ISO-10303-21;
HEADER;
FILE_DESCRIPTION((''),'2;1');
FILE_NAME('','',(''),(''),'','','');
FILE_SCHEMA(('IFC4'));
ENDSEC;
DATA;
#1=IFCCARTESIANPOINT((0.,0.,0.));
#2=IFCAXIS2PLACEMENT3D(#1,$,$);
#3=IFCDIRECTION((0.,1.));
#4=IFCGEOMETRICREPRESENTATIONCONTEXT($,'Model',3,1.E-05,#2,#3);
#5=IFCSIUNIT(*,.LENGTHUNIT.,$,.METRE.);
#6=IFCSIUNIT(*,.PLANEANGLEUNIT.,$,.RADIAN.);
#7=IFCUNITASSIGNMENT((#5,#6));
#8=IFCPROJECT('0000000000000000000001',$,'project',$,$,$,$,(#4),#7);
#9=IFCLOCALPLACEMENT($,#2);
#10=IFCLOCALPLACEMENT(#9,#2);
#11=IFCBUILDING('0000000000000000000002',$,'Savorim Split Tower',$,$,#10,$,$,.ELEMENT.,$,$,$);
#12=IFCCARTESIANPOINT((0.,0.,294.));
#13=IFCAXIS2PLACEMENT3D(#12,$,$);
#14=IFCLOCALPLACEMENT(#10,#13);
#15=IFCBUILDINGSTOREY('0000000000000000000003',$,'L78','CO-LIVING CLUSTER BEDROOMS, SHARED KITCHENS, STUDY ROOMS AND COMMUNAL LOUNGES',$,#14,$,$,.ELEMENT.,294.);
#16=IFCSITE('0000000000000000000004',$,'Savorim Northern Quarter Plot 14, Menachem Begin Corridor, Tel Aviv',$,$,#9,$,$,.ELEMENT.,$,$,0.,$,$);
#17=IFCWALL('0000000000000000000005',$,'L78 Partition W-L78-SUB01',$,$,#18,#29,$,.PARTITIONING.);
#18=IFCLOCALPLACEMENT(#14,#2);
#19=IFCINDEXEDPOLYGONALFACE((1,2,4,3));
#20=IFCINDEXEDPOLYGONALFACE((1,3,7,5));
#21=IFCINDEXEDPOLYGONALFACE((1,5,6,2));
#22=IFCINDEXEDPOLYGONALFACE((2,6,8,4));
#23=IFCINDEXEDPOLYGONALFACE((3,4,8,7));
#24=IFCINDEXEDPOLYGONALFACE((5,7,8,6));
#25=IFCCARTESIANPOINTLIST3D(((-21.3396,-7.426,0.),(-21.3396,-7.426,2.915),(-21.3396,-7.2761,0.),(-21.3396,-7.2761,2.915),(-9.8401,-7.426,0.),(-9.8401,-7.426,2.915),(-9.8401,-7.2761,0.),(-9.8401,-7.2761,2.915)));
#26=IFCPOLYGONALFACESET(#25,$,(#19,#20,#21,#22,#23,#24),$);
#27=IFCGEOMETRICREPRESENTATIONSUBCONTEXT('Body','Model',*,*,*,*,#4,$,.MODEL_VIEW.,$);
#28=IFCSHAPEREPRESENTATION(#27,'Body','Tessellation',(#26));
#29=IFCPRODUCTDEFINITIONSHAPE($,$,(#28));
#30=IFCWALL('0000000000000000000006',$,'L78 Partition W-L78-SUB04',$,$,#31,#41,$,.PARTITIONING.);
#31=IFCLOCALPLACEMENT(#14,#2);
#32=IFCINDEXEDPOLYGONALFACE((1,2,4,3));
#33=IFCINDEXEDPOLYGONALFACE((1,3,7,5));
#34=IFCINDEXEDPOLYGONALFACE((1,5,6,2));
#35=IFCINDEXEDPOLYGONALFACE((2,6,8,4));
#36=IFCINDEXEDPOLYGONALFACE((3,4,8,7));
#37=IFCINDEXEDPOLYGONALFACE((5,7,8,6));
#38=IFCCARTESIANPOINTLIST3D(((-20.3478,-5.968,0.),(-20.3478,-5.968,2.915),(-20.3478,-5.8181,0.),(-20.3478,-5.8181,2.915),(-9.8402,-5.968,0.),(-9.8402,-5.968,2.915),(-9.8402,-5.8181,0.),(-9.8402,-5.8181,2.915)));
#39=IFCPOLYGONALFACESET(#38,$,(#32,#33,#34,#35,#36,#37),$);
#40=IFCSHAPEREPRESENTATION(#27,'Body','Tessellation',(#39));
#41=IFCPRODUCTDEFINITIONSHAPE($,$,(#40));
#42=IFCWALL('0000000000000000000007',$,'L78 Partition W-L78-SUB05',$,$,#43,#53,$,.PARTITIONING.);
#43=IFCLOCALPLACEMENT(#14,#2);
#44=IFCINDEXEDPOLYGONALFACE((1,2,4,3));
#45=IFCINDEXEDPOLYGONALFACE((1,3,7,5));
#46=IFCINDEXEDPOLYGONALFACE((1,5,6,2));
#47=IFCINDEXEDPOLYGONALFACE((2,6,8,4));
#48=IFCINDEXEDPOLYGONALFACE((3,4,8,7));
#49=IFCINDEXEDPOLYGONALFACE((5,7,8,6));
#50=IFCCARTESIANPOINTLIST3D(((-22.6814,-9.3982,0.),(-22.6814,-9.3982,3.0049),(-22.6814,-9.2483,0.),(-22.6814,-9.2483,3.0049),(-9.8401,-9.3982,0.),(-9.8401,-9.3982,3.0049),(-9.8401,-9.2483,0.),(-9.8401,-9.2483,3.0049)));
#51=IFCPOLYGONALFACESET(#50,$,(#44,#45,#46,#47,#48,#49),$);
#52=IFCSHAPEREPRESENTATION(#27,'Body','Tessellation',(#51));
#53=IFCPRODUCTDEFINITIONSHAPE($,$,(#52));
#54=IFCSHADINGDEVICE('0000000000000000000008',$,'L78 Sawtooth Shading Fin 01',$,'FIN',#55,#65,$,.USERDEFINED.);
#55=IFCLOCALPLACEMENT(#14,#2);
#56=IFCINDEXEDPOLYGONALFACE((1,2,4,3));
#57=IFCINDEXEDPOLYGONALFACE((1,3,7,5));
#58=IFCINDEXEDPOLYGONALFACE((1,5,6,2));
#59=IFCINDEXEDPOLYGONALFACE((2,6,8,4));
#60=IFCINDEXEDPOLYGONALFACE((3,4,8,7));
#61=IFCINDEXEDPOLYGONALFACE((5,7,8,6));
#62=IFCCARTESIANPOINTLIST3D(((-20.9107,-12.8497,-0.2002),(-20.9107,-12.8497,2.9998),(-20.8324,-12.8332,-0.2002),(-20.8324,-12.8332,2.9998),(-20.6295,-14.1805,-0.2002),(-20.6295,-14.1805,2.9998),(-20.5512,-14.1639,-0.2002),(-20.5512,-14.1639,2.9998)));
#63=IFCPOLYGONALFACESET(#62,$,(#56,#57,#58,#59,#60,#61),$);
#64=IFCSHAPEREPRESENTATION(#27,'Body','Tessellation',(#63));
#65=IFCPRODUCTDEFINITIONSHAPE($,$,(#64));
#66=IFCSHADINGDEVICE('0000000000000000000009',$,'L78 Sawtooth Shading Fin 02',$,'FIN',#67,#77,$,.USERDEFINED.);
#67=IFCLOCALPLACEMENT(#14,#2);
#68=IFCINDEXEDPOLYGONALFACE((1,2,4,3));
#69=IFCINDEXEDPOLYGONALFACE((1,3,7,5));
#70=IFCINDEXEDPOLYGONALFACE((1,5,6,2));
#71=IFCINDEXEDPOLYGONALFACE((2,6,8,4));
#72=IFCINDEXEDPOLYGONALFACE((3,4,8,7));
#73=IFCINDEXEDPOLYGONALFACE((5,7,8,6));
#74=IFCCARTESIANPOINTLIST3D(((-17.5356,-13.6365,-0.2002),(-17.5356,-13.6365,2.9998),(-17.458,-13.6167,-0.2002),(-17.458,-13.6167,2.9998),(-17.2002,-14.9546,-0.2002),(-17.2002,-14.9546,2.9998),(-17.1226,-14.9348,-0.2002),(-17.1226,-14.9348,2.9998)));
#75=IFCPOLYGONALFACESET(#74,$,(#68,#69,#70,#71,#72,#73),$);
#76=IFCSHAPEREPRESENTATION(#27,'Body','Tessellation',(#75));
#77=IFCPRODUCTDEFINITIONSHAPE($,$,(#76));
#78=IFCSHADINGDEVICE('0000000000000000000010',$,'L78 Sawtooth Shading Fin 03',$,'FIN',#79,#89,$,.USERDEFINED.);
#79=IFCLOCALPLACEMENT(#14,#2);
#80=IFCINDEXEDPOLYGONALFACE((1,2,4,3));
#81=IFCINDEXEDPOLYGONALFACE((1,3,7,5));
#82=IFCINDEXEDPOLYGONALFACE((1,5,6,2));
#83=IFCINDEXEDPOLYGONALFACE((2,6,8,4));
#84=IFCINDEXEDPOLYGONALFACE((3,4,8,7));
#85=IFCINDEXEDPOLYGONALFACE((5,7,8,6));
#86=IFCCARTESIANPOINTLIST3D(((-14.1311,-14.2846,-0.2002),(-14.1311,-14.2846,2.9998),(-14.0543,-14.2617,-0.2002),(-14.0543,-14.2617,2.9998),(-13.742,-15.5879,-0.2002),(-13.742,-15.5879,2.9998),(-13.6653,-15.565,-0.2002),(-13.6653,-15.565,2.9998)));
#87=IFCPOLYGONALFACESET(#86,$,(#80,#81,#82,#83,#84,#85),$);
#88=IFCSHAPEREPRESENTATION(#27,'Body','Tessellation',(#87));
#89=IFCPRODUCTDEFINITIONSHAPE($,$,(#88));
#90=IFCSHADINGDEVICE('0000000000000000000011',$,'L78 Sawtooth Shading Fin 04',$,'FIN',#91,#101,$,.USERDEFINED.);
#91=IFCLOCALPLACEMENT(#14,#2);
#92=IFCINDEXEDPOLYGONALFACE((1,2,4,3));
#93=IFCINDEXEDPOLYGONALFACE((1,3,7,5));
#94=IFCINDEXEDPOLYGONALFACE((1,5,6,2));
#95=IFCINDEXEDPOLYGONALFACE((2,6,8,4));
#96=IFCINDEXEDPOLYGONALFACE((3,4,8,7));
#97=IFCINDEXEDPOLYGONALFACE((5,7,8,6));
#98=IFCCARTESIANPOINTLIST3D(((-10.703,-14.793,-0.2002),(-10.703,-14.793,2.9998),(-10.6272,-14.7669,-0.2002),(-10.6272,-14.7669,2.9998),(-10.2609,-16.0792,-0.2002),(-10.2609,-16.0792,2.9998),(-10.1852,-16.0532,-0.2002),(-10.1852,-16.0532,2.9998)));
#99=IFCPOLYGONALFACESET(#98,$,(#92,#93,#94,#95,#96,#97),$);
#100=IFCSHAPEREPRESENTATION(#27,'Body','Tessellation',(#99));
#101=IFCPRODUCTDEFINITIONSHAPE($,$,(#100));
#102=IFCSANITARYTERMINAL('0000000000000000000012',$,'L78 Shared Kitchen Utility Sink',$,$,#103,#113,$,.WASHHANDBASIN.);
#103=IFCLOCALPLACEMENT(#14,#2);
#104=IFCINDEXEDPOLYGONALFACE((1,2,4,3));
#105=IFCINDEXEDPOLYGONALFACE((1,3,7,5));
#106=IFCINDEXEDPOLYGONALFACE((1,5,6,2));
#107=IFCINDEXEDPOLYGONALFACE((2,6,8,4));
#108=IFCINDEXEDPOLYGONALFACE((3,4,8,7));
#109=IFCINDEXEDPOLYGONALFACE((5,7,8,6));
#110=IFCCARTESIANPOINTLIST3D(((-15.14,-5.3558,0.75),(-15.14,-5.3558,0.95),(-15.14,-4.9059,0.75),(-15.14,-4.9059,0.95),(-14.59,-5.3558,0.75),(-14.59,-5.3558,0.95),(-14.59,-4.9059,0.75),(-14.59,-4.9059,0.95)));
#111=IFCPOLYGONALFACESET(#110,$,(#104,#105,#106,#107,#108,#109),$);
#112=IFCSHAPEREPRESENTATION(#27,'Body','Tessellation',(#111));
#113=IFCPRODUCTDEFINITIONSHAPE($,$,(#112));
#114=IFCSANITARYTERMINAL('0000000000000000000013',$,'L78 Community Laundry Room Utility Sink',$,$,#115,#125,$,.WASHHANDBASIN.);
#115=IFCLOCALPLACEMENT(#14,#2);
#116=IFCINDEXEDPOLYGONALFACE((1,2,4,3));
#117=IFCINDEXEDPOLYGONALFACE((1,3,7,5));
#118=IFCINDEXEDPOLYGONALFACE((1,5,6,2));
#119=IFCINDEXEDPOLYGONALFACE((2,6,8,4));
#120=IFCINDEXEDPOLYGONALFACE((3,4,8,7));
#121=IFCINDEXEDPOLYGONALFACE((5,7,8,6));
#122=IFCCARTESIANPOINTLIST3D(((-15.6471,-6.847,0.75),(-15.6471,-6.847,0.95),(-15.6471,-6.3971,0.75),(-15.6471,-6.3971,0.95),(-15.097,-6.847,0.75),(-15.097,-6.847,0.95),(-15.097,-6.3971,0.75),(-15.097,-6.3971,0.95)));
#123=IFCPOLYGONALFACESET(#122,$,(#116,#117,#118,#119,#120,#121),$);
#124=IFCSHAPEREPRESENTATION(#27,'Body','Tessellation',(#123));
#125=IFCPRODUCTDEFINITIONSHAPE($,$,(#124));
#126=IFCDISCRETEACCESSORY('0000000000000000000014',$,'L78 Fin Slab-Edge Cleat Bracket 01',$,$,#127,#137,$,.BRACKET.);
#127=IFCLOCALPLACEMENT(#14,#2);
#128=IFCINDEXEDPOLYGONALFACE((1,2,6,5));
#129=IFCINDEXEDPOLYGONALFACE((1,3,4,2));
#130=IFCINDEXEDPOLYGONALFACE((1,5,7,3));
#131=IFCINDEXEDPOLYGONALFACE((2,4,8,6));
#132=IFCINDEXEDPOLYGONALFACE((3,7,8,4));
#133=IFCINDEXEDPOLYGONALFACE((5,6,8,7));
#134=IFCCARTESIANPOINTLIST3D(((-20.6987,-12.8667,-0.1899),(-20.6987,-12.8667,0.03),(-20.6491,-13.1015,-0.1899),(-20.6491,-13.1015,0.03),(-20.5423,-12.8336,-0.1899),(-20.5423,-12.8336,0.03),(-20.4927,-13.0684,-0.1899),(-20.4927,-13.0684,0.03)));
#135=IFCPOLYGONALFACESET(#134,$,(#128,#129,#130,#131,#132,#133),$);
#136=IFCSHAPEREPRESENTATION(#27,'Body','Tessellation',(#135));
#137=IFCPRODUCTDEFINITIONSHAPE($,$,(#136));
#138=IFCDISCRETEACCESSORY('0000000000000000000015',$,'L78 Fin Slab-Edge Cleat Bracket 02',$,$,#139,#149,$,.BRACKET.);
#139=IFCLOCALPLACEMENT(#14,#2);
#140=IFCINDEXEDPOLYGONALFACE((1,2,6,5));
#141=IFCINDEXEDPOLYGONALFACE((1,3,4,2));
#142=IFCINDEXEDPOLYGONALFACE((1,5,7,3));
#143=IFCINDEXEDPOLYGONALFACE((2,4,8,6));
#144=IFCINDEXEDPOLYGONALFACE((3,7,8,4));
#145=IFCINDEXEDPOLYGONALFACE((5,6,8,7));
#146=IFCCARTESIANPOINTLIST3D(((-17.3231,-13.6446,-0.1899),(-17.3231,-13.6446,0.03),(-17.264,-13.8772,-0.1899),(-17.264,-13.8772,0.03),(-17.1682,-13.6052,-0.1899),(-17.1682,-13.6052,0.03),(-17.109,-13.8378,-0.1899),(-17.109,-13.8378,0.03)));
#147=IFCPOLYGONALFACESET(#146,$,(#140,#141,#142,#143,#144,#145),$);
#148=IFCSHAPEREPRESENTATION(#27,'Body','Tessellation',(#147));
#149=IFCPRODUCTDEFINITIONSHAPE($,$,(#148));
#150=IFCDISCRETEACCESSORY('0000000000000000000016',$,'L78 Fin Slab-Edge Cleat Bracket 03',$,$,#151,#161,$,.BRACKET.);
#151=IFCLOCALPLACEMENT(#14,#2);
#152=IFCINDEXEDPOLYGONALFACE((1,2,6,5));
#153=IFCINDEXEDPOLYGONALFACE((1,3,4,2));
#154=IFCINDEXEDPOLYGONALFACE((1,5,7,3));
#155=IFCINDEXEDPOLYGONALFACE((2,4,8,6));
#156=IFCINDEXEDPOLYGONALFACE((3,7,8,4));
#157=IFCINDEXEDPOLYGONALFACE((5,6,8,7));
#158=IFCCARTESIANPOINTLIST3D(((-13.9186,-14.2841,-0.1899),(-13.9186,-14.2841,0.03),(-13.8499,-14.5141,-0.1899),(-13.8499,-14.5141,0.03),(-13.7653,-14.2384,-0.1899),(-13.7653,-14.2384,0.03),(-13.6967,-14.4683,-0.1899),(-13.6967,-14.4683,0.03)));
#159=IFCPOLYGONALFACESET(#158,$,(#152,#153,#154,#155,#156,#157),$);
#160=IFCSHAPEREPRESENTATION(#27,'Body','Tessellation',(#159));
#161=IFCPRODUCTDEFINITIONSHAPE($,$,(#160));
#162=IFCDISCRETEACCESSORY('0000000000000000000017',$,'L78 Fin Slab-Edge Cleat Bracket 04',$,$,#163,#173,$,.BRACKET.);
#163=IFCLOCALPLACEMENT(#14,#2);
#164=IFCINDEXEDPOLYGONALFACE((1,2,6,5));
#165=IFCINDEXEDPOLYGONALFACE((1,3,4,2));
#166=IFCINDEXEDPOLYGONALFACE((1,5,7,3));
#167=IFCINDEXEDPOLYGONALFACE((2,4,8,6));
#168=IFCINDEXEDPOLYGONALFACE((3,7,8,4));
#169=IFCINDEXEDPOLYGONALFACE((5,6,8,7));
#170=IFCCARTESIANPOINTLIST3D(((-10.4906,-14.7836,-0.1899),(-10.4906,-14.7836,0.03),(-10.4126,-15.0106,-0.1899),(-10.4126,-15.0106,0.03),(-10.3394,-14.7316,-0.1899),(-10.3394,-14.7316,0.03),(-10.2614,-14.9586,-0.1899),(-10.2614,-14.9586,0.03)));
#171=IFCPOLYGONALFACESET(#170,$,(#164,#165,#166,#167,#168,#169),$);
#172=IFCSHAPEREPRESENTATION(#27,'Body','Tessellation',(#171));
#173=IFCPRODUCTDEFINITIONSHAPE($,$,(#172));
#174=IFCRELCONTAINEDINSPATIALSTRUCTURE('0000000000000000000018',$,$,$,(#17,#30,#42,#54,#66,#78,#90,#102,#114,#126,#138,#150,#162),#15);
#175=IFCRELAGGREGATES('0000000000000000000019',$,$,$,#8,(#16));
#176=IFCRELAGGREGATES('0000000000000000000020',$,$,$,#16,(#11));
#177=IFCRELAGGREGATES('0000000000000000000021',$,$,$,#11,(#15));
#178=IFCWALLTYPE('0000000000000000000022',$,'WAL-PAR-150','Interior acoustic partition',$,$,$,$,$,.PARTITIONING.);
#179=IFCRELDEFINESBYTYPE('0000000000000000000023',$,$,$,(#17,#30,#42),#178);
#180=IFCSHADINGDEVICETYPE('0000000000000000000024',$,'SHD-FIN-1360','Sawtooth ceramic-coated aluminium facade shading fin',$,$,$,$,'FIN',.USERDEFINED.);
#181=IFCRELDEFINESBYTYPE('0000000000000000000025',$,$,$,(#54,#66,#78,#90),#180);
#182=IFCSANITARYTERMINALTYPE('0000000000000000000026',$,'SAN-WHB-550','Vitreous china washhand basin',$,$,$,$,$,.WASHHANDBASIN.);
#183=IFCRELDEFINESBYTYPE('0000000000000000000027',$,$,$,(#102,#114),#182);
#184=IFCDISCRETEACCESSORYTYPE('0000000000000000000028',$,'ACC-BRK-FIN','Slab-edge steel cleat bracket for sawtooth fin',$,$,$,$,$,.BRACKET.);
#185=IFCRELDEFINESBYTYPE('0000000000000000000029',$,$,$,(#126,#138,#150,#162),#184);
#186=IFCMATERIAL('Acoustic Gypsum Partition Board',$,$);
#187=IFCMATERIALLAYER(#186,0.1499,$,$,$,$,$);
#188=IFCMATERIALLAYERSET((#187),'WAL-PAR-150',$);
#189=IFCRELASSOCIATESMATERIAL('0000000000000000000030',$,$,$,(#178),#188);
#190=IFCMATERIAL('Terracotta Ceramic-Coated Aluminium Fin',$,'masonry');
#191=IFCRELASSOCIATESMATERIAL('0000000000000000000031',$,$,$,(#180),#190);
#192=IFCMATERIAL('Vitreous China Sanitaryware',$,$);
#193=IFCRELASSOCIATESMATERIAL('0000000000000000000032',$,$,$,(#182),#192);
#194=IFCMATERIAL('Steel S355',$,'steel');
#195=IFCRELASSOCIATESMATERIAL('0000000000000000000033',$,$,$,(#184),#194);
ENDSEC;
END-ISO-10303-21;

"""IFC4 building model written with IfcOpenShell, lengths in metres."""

from ifc_helpers import new_model, si_unit, direction, frame, frame_2d, origin, origin_2d, place, context, subcontext, project, spatial, rectangle, extrude, material, layer, layer_set, type_object, element, save


model = new_model("IFC4")

# Units and contexts
model_context = context("Model", 3, precision=1e-05, world=origin(), true_north=direction((0.0, 1.0)))
body_context = subcontext(model_context, "Body", "Model", "MODEL_VIEW")
ifc_project = project(units=[si_unit("LENGTHUNIT", "METRE"), si_unit("PLANEANGLEUNIT", "RADIAN")], contexts=[model_context])

# Site, building, storey
site_placement = place(None, origin())
site = spatial("IfcSite", under=ifc_project, at=site_placement, Name="Savorim Northern Quarter Plot 14, Menachem Begin Corridor, Tel Aviv", CompositionType="ELEMENT", RefElevation=0.0)
building_placement = place(site_placement, origin())
building = spatial("IfcBuilding", under=site, at=building_placement, Name="Savorim Split Tower", CompositionType="ELEMENT")
storey_placement = place(building_placement, frame((0.0, 0.0, 294.0)))
storey = spatial("IfcBuildingStorey", under=building, at=storey_placement, Name="L78", Description="CO-LIVING CLUSTER BEDROOMS, SHARED KITCHENS, STUDY ROOMS AND COMMUNAL LOUNGES", CompositionType="ELEMENT", Elevation=294.0)

# Shared definitions
ifc_material_1 = material(Name="Steel S355", Category="steel")

# Walls
ifc_material_2 = material(Name="Acoustic Gypsum Partition Board")
ifc_layer_1 = layer(ifc_material_2, 0.1499)
ifc_layer_set_1 = layer_set([ifc_layer_1], Name="WAL-PAR-150")
wall_type_1 = type_object("IfcWallType", Name="WAL-PAR-150", Description="Interior acoustic partition", PredefinedType="PARTITIONING", material=ifc_layer_set_1)
wall_1_placement = place(storey_placement, frame((-9.8401, -7.3511, 0.0), z_axis=(0.0, 0.0, 1.0), x_axis=(-1.0, 0.0, 0.0)))
element("IfcWall", 1, at=wall_1_placement, inside=storey, type_object=wall_type_1, Name="L78 Partition W-L78-SUB01", PredefinedType="PARTITIONING", context=body_context, shape_type="SweptSolid", body=[
    extrude(rectangle(XDim=11.4995, YDim=0.1499, at=frame_2d((5.7498, 0.0))), origin(), (0.0, 0.0, 1.0), 2.915),
])
wall_2_placement = place(storey_placement, frame((-9.8401, -5.8931, 0.0), z_axis=(0.0, 0.0, 1.0), x_axis=(-1.0, 0.0, 0.0)))
element("IfcWall", 2, at=wall_2_placement, inside=storey, type_object=wall_type_1, Name="L78 Partition W-L78-SUB04", PredefinedType="PARTITIONING", context=body_context, shape_type="SweptSolid", body=[
    extrude(rectangle(XDim=10.5076, YDim=0.1499, at=frame_2d((5.2539, 0.0))), origin(), (0.0, 0.0, 1.0), 2.915),
])
wall_3_placement = place(storey_placement, frame((-9.8401, -9.3232, 0.0), z_axis=(0.0, 0.0, 1.0), x_axis=(-1.0, 0.0, 0.0)))
element("IfcWall", 3, at=wall_3_placement, inside=storey, type_object=wall_type_1, Name="L78 Partition W-L78-SUB05", PredefinedType="PARTITIONING", context=body_context, shape_type="SweptSolid", body=[
    extrude(rectangle(XDim=12.8413, YDim=0.1499, at=frame_2d((6.4207, 0.0))), origin(), (0.0, 0.0, 1.0), 3.0049),
])

# Shading devices
ifc_material_3 = material(Name="Terracotta Ceramic-Coated Aluminium Fin", Category="masonry")
shading_device_type = type_object("IfcShadingDeviceType", Name="SHD-FIN-1360", Description="Sawtooth ceramic-coated aluminium facade shading fin", ElementType="FIN", PredefinedType="USERDEFINED", material=ifc_material_3)
for number, where, z_axis, x_axis, name in (
    (4, (-20.731, -13.5068, -0.2002), (0.0, 0.0, 1.0), (0.206722, -0.9784, 0.0), "L78 Sawtooth Shading Fin 01"),
    (5, (-17.3291, -14.2856, -0.2002), (0.0, 0.0, 1.0), (0.246581, -0.969122, 0.0), "L78 Sawtooth Shading Fin 02"),
    (6, (-13.8982, -14.9248, -0.2002), (0.0, 0.0, 1.0), (0.286026, -0.958222, 0.0), "L78 Sawtooth Shading Fin 03"),
    (7, (-10.4441, -15.4231, -0.2002), (0.0, 0.0, 1.0), (0.324994, -0.945716, 0.0), "L78 Sawtooth Shading Fin 04"),
):
    element("IfcShadingDevice", number, at=place(storey_placement, frame(where, z_axis=z_axis, x_axis=x_axis)), inside=storey, type_object=shading_device_type, Name=name, ObjectType="FIN", PredefinedType="USERDEFINED", context=body_context, shape_type="SweptSolid", body=[
        extrude(rectangle(XDim=1.3601, YDim=0.0801, at=origin_2d()), origin(), (0.0, 0.0, 1.0), 3.2),
    ])

# Sanitary terminals
ifc_material_4 = material(Name="Vitreous China Sanitaryware")
sanitary_terminal_type = type_object("IfcSanitaryTerminalType", Name="SAN-WHB-550", Description="Vitreous china washhand basin", PredefinedType="WASHHANDBASIN", material=ifc_material_4)
for number, where, z_axis, x_axis, name in (
    (8, (-14.865, -5.1309, 0.75), (0.0, 0.0, 1.0), (1.0, 0.0, 0.0), "L78 Shared Kitchen Utility Sink"),
    (9, (-15.3721, -6.6221, 0.75), (0.0, 0.0, 1.0), (1.0, 0.0, 0.0), "L78 Community Laundry Room Utility Sink"),
):
    element("IfcSanitaryTerminal", number, at=place(storey_placement, frame(where, z_axis=z_axis, x_axis=x_axis)), inside=storey, type_object=sanitary_terminal_type, Name=name, PredefinedType="WASHHANDBASIN", context=body_context, shape_type="SweptSolid", body=[
        extrude(rectangle(XDim=0.55, YDim=0.45, at=origin_2d()), origin(), (0.0, 0.0, 1.0), 0.2),
    ])

# Discrete accessories
discrete_accessory_type = type_object("IfcDiscreteAccessoryType", Name="ACC-BRK-FIN", Description="Slab-edge steel cleat bracket for sawtooth fin", PredefinedType="BRACKET", material=ifc_material_1)
for number, where, z_axis, x_axis, name in (
    (10, (-20.5957, -12.9675, -0.1899), (0.0, 0.0, 1.0), (0.206722, -0.9784, 0.0), "L78 Fin Slab-Edge Cleat Bracket 01"),
    (11, (-17.2161, -13.7412, -0.1899), (0.0, 0.0, 1.0), (0.246581, -0.969122, 0.0), "L78 Fin Slab-Edge Cleat Bracket 02"),
    (12, (-13.8076, -14.3762, -0.1899), (0.0, 0.0, 1.0), (0.286026, -0.958222, 0.0), "L78 Fin Slab-Edge Cleat Bracket 03"),
    (13, (-10.376, -14.8711, -0.1899), (0.0, 0.0, 1.0), (0.324994, -0.945716, 0.0), "L78 Fin Slab-Edge Cleat Bracket 04"),
):
    element("IfcDiscreteAccessory", number, at=place(storey_placement, frame(where, z_axis=z_axis, x_axis=x_axis)), inside=storey, type_object=discrete_accessory_type, Name=name, PredefinedType="BRACKET", context=body_context, shape_type="SweptSolid", body=[
        extrude(rectangle(XDim=0.24, YDim=0.1599, at=origin_2d()), origin(), (0.0, 0.0, 1.0), 0.22),
    ])

save(model, "model.ifc")
